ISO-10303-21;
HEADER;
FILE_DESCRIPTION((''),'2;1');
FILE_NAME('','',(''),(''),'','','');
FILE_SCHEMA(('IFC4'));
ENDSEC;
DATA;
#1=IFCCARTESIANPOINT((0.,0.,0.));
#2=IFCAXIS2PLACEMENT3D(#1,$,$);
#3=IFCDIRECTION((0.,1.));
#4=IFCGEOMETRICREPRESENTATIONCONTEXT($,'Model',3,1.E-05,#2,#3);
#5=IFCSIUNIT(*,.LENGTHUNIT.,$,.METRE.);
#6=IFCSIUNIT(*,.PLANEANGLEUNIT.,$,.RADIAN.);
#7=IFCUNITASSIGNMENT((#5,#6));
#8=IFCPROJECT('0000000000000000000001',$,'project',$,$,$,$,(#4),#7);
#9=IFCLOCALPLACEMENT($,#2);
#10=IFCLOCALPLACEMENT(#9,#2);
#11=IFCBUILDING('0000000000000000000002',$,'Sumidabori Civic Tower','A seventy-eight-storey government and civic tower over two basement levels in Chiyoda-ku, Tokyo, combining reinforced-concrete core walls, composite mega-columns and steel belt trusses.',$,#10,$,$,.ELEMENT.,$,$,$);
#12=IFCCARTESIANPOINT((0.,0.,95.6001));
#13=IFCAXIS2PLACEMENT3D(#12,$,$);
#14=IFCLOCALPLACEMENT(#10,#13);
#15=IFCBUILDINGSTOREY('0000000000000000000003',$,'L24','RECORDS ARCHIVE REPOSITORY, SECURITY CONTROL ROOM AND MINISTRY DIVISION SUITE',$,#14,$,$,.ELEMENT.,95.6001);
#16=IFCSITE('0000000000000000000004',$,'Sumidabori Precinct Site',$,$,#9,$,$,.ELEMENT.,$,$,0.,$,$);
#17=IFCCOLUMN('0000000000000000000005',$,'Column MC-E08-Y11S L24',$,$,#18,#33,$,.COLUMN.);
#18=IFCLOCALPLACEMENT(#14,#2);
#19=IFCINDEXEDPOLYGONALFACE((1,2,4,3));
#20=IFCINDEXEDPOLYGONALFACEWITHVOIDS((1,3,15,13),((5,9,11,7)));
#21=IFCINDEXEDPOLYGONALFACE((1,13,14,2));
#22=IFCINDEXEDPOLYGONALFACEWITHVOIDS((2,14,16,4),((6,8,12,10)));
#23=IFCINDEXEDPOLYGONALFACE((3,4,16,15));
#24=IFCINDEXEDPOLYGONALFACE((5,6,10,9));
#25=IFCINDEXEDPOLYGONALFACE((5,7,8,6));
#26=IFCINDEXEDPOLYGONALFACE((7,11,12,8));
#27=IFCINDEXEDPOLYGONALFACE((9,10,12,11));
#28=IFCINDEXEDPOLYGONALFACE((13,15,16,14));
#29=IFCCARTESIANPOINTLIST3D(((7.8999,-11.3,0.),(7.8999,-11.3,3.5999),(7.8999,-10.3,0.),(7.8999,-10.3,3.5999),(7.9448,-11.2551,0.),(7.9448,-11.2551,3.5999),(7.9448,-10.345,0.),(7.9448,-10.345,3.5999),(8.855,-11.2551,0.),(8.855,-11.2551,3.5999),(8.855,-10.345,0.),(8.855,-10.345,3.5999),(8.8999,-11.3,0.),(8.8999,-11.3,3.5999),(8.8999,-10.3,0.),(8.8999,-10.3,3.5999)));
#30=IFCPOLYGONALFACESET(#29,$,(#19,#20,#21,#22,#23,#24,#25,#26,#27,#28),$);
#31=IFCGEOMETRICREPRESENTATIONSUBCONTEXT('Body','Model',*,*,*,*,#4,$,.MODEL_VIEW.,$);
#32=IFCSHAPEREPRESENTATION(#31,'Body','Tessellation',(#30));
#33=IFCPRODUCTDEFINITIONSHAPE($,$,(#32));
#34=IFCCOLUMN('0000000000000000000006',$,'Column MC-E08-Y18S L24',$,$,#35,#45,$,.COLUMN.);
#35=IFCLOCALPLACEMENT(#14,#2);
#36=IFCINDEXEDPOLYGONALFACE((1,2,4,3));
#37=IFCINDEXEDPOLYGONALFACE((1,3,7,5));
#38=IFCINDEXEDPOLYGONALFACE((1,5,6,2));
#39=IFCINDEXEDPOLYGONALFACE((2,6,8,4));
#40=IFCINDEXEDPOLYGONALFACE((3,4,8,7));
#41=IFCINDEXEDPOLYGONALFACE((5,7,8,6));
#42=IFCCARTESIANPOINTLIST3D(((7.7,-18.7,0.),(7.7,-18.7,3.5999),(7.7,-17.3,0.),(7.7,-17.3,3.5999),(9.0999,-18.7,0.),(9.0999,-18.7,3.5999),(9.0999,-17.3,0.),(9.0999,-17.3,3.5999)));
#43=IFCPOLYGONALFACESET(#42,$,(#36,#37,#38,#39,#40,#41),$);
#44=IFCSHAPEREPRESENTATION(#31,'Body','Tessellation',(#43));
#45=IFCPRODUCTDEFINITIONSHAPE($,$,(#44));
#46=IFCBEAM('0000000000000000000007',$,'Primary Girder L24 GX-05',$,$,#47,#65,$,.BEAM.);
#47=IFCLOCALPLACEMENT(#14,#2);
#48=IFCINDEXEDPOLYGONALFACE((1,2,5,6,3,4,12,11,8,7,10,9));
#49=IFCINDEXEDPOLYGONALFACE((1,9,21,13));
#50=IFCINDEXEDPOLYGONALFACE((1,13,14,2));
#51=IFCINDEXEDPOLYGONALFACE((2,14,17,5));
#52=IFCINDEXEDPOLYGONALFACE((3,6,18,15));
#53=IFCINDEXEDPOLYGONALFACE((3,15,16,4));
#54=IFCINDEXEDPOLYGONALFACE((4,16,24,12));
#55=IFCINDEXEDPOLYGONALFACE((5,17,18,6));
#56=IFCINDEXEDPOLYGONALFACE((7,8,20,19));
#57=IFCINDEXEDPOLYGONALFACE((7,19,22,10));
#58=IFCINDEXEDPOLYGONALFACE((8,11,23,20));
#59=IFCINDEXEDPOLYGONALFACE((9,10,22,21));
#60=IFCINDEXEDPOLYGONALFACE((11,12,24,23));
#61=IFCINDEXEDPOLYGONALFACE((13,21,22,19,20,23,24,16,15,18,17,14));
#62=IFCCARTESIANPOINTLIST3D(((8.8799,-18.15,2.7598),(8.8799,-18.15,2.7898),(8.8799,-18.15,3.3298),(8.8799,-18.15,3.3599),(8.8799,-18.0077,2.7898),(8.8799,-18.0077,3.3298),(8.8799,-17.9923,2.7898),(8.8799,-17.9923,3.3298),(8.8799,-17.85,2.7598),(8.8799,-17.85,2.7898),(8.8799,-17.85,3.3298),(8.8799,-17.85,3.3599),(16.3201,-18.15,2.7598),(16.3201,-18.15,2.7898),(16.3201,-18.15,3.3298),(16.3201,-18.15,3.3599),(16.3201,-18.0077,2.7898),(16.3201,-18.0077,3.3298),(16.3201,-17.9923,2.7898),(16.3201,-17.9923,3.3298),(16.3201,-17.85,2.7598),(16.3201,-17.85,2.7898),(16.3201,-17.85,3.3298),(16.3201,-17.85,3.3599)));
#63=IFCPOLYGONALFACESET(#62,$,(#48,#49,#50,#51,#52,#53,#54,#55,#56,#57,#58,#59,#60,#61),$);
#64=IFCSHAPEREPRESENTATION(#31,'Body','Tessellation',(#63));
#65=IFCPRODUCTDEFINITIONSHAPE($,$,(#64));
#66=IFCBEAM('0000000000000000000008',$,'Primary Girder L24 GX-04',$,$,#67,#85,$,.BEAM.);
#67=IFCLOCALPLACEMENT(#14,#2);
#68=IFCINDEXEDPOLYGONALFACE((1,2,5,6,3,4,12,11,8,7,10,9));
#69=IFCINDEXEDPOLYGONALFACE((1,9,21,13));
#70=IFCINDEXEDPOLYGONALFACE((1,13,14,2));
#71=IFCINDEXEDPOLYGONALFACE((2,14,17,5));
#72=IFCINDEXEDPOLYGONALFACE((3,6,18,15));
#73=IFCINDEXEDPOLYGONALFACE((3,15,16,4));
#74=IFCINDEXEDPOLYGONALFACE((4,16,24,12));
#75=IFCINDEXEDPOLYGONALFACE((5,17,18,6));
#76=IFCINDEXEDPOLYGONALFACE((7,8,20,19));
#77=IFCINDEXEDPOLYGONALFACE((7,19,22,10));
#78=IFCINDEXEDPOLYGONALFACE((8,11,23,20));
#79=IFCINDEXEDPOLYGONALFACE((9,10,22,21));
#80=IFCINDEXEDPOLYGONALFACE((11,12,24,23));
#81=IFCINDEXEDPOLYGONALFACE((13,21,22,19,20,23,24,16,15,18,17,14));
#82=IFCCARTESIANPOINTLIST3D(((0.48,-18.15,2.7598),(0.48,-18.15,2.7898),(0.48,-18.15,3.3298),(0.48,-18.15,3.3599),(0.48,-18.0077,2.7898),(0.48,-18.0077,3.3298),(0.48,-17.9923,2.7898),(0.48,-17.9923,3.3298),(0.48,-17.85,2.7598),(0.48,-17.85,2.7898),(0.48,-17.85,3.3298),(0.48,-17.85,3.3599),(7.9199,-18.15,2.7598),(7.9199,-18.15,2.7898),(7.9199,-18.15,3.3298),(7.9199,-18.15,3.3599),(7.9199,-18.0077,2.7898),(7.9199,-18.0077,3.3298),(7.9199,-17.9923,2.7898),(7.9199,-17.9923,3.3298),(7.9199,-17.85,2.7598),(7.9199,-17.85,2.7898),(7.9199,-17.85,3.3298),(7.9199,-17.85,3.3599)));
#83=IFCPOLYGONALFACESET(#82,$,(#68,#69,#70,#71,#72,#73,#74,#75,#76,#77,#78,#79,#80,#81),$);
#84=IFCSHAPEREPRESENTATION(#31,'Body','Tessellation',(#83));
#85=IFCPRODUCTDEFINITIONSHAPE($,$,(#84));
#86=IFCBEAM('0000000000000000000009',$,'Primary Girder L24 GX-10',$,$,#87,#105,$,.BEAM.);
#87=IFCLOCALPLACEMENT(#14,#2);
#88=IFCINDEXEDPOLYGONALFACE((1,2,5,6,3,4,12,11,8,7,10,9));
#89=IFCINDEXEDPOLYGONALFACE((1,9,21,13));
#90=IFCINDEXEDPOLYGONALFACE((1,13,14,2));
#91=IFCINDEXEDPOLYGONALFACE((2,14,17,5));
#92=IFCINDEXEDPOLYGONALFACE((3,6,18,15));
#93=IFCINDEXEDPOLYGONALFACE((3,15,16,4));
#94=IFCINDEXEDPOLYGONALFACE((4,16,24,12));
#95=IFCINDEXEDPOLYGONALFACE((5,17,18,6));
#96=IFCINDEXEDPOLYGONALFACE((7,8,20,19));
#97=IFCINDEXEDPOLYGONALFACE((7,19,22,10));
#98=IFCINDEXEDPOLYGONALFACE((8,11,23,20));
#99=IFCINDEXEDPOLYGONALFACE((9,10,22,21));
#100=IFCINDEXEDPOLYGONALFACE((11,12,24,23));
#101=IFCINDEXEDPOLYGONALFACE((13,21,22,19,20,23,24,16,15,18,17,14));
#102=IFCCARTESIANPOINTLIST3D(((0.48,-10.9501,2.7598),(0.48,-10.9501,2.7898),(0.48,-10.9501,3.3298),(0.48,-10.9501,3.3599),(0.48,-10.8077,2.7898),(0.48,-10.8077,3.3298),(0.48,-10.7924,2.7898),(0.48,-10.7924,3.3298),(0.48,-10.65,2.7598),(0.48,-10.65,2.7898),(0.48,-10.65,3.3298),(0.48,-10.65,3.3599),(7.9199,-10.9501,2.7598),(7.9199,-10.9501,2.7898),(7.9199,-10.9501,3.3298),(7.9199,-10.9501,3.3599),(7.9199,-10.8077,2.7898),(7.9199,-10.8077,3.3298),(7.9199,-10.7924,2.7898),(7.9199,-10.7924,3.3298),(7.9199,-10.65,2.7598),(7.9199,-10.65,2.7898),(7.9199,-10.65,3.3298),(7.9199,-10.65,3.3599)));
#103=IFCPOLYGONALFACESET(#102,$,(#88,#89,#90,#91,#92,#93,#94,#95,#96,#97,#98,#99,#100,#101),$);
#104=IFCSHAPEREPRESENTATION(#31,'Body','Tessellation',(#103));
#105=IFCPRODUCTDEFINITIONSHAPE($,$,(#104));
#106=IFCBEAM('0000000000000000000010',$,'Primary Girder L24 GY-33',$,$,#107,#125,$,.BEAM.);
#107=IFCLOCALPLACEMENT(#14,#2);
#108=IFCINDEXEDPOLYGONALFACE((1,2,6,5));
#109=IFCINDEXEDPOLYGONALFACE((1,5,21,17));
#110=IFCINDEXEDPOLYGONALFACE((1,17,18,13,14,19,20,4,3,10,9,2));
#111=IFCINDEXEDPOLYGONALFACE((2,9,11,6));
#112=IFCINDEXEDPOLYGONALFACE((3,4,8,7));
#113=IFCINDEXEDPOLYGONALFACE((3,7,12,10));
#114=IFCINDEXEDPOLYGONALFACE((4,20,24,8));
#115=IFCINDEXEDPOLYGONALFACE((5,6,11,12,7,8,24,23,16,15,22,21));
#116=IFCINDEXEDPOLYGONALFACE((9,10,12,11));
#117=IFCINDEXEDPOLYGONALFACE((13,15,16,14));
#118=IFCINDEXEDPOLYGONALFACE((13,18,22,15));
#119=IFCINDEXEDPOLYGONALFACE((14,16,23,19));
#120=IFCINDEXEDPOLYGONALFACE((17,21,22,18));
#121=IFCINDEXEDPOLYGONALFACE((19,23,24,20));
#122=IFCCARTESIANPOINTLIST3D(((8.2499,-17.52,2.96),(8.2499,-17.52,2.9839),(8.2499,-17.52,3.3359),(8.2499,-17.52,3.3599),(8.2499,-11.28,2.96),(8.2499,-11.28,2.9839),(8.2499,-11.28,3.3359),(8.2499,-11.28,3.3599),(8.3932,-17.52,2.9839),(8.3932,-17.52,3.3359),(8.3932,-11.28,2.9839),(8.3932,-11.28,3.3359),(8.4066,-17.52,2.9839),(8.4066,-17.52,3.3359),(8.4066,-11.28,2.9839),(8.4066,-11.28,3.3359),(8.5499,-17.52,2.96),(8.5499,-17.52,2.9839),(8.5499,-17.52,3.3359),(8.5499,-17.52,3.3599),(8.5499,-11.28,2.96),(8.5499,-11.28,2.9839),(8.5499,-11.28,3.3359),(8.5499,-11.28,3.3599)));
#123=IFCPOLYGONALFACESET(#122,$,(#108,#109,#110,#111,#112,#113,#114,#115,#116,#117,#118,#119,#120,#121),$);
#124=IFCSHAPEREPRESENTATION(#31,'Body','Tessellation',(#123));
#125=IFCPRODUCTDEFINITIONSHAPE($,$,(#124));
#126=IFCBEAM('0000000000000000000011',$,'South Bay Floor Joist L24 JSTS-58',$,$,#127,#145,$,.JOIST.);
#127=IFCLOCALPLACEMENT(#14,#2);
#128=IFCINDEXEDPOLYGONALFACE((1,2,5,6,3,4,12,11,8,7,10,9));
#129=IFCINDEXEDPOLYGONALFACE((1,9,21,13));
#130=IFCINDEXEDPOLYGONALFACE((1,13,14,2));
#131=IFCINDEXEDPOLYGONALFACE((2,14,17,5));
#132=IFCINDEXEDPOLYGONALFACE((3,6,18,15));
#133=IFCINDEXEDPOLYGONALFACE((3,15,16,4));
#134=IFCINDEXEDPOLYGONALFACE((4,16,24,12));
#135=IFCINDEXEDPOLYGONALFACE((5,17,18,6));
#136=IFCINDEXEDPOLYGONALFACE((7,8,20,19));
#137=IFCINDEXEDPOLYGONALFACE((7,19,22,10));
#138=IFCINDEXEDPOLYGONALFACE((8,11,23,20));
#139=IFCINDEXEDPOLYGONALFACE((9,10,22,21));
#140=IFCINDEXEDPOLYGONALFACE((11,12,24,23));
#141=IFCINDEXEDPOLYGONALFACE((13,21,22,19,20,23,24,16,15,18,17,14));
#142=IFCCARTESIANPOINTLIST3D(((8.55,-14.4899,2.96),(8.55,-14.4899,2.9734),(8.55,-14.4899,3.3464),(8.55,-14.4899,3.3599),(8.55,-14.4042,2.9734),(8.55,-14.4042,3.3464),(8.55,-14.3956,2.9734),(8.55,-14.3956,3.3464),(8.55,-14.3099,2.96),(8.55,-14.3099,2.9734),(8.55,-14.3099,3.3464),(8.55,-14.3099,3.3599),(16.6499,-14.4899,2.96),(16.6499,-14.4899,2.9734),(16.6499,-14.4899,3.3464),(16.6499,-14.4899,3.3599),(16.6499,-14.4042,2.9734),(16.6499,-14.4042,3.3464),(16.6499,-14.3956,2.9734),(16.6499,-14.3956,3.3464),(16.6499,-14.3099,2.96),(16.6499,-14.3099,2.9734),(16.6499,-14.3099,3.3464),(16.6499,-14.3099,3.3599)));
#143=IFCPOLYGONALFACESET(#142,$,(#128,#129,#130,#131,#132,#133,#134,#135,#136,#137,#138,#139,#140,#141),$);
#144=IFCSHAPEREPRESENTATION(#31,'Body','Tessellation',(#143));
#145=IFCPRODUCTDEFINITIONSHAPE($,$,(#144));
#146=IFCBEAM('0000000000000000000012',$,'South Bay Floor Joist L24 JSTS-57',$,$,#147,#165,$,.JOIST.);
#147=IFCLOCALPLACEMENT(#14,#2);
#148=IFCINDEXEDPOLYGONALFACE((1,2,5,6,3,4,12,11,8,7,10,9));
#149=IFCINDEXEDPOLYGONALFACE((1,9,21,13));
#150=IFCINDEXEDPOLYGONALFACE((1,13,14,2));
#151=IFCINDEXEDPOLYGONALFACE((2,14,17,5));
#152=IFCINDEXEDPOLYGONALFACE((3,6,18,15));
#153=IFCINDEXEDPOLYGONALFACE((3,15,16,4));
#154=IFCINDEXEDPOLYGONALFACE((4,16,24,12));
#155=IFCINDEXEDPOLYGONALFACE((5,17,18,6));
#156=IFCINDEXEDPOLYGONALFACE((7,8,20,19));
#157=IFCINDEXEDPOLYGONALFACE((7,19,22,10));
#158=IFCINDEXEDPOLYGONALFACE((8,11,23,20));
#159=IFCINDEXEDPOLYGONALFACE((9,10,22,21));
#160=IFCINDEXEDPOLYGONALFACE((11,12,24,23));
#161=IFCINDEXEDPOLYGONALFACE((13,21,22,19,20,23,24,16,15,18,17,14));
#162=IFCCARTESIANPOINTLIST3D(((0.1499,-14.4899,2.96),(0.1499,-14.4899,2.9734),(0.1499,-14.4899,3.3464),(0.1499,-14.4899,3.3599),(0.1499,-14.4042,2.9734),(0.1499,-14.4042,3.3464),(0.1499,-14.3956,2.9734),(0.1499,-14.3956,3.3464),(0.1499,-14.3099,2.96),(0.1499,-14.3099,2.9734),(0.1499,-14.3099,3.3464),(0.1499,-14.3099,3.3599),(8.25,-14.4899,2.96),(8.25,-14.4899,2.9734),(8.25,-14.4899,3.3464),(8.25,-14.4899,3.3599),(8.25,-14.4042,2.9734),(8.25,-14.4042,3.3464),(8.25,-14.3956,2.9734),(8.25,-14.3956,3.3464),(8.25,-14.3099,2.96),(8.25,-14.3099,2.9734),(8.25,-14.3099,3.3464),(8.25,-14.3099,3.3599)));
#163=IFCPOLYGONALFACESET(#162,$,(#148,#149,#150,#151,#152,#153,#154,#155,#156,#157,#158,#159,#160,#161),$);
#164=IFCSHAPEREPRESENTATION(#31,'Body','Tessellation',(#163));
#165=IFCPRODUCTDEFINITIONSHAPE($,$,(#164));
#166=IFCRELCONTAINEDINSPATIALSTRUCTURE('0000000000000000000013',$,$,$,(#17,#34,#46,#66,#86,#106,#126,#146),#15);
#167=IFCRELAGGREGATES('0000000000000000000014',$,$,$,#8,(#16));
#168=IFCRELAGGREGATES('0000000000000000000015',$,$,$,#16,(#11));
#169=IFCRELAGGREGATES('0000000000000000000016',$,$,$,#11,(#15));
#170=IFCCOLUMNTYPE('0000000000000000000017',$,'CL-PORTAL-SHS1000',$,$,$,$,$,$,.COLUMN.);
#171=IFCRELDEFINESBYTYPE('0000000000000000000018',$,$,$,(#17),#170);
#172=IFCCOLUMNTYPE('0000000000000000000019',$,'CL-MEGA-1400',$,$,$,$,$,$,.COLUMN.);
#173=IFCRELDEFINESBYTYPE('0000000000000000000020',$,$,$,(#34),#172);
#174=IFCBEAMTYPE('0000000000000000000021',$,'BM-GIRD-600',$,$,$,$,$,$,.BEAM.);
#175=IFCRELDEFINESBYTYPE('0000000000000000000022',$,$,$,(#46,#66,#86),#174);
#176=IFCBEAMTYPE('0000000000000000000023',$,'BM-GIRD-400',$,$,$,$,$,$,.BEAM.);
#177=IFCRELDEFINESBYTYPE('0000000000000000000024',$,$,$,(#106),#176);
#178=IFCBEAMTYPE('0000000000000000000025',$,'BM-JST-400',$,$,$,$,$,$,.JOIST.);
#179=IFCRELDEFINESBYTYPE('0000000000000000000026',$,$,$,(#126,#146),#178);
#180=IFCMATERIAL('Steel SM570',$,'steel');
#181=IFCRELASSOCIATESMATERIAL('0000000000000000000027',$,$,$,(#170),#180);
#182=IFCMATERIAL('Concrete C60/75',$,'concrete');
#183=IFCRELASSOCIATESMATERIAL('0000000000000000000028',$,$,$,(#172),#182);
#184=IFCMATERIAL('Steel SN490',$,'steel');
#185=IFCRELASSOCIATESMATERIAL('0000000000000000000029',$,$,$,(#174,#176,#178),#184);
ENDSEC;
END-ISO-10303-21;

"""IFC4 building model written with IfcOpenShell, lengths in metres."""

from ifc_helpers import new_model, si_unit, direction, frame, origin, origin_2d, place, context, subcontext, project, spatial, rectangle, hollow_rectangle, i_section, extrude, source, transform, mapped, material, material_profile, profile_set, type_object, element, save


model = new_model("IFC4")

# Units and contexts
model_context = context("Model", 3, precision=1e-05, world=origin(), true_north=direction((0.0, 1.0)))
body_context = subcontext(model_context, "Body", "Model", "MODEL_VIEW")
ifc_project = project(units=[si_unit("LENGTHUNIT", "METRE"), si_unit("PLANEANGLEUNIT", "RADIAN")], contexts=[model_context])

# Site, building, storey
site_placement = place(None, origin())
site = spatial("IfcSite", under=ifc_project, at=site_placement, Name="Sumidabori Precinct Site", CompositionType="ELEMENT", RefElevation=0.0)
building_placement = place(site_placement, origin())
building = spatial("IfcBuilding", under=site, at=building_placement, Name="Sumidabori Civic Tower", Description="A seventy-eight-storey government and civic tower over two basement levels in Chiyoda-ku, Tokyo, combining reinforced-concrete core walls, composite mega-columns and steel belt trusses.", CompositionType="ELEMENT")
storey_placement = place(building_placement, frame((0.0, 0.0, 95.6001)))
storey = spatial("IfcBuildingStorey", under=building, at=storey_placement, Name="L24", Description="RECORDS ARCHIVE REPOSITORY, SECURITY CONTROL ROOM AND MINISTRY DIVISION SUITE", CompositionType="ELEMENT", Elevation=95.6001)

# Columns
ifc_material_1 = material(Name="Steel SM570", Category="steel")
ifc_material_profile_1 = material_profile(ifc_material_1, hollow_rectangle(XDim=1.0, YDim=1.0, WallThickness=0.0449, at=origin_2d()), Name="SHS 1000x1000x45")
ifc_profile_set_1 = profile_set([ifc_material_profile_1], Name="Steel SM570")
column_type_1 = type_object("IfcColumnType", Name="CL-PORTAL-SHS1000", PredefinedType="COLUMN", material=ifc_profile_set_1)
shared_shape_1 = source(origin(), body_context, "Body", "SweptSolid", [
    extrude(hollow_rectangle(XDim=1.0, YDim=1.0, WallThickness=0.0449, at=origin_2d()), origin(), (0.0, 0.0, 1.0), 3.5999),
])
column_1_placement = place(storey_placement, frame((8.3999, -10.8, 0.0), z_axis=(0.0, 0.0, 1.0), x_axis=(1.0, 0.0, 0.0)))
element("IfcColumn", 1, at=column_1_placement, inside=storey, type_object=column_type_1, Name="Column MC-E08-Y11S L24", PredefinedType="COLUMN", context=body_context, shape_type="MappedRepresentation", body=[
    mapped(shared_shape_1, transform((0.0, 0.0, 0.0), x_axis=(1.0, 0.0, 0.0), y_axis=(0.0, 1.0, 0.0), z_axis=(0.0, 0.0, 1.0), scale=1.0)),
])
ifc_material_2 = material(Name="Concrete C60/75", Category="concrete")
ifc_material_profile_2 = material_profile(ifc_material_2, rectangle(XDim=1.3999, YDim=1.3999, at=origin_2d()), Name="RC 1400x1400")
ifc_profile_set_2 = profile_set([ifc_material_profile_2], Name="Concrete C60/75")
column_type_2 = type_object("IfcColumnType", Name="CL-MEGA-1400", PredefinedType="COLUMN", material=ifc_profile_set_2)
shared_shape_2 = source(origin(), body_context, "Body", "SweptSolid", [
    extrude(rectangle(XDim=1.3999, YDim=1.3999, at=origin_2d()), origin(), (0.0, 0.0, 1.0), 3.5999),
])
column_2_placement = place(storey_placement, frame((8.3999, -18.0, 0.0), z_axis=(0.0, 0.0, 1.0), x_axis=(1.0, 0.0, 0.0)))
element("IfcColumn", 2, at=column_2_placement, inside=storey, type_object=column_type_2, Name="Column MC-E08-Y18S L24", PredefinedType="COLUMN", context=body_context, shape_type="MappedRepresentation", body=[
    mapped(shared_shape_2, transform((0.0, 0.0, 0.0), x_axis=(1.0, 0.0, 0.0), y_axis=(0.0, 1.0, 0.0), z_axis=(0.0, 0.0, 1.0), scale=1.0)),
])

# Beams
ifc_material_3 = material(Name="Steel SN490", Category="steel")
ifc_material_profile_3 = material_profile(ifc_material_3, i_section(OverallWidth=0.3, OverallDepth=0.6001, WebThickness=0.0154, FlangeThickness=0.03, at=origin_2d()), Name="HE 600 B")
ifc_profile_set_3 = profile_set([ifc_material_profile_3], Name="Steel SN490")
beam_type_1 = type_object("IfcBeamType", Name="BM-GIRD-600", PredefinedType="BEAM", material=ifc_profile_set_3)
shared_shape_3 = source(origin(), body_context, "Body", "SweptSolid", [
    extrude(i_section(OverallWidth=0.3, OverallDepth=0.6001, WebThickness=0.0154, FlangeThickness=0.03, at=origin_2d()), origin(), (0.0, 0.0, 1.0), 7.4402),
])
beam_1_placement = place(storey_placement, frame((8.8799, -18.0, 3.0598), z_axis=(1.0, 0.0, 0.0), x_axis=(0.0, 1.0, 0.0)))
element("IfcBeam", 3, at=beam_1_placement, inside=storey, type_object=beam_type_1, Name="Primary Girder L24 GX-05", PredefinedType="BEAM", context=body_context, shape_type="MappedRepresentation", body=[
    mapped(shared_shape_3, transform((0.0, 0.0, 0.0), x_axis=(1.0, 0.0, 0.0), y_axis=(0.0, 1.0, 0.0), z_axis=(0.0, 0.0, 1.0), scale=1.0)),
])
shared_shape_4 = source(origin(), body_context, "Body", "SweptSolid", [
    extrude(i_section(OverallWidth=0.3, OverallDepth=0.6001, WebThickness=0.0154, FlangeThickness=0.03, at=origin_2d()), origin(), (0.0, 0.0, 1.0), 7.4399),
])
for number, where, z_axis, x_axis, name in (
    (4, (0.48, -18.0, 3.0598), (1.0, 0.0, 0.0), (0.0, 1.0, 0.0), "Primary Girder L24 GX-04"),
    (5, (0.48, -10.8, 3.0598), (1.0, 0.0, 0.0), (0.0, 1.0, 0.0), "Primary Girder L24 GX-10"),
):
    element("IfcBeam", number, at=place(storey_placement, frame(where, z_axis=z_axis, x_axis=x_axis)), inside=storey, type_object=beam_type_1, Name=name, PredefinedType="BEAM", context=body_context, shape_type="MappedRepresentation", body=[
        mapped(shared_shape_4, transform((0.0, 0.0, 0.0), x_axis=(1.0, 0.0, 0.0), y_axis=(0.0, 1.0, 0.0), z_axis=(0.0, 0.0, 1.0), scale=1.0)),
    ])
ifc_material_profile_4 = material_profile(ifc_material_3, i_section(OverallWidth=0.3, OverallDepth=0.3999, WebThickness=0.0134, FlangeThickness=0.0239, at=origin_2d()), Name="HE 400 B")
ifc_profile_set_4 = profile_set([ifc_material_profile_4], Name="Steel SN490")
beam_type_2 = type_object("IfcBeamType", Name="BM-GIRD-400", PredefinedType="BEAM", material=ifc_profile_set_4)
shared_shape_5 = source(origin(), body_context, "Body", "SweptSolid", [
    extrude(i_section(OverallWidth=0.3, OverallDepth=0.3999, WebThickness=0.0134, FlangeThickness=0.0239, at=origin_2d()), origin(), (0.0, 0.0, 1.0), 6.24),
])
beam_2_placement = place(storey_placement, frame((8.3999, -17.52, 3.1599), z_axis=(0.0, 1.0, 0.0), x_axis=(-1.0, 0.0, 0.0)))
element("IfcBeam", 6, at=beam_2_placement, inside=storey, type_object=beam_type_2, Name="Primary Girder L24 GY-33", PredefinedType="BEAM", context=body_context, shape_type="MappedRepresentation", body=[
    mapped(shared_shape_5, transform((0.0, 0.0, 0.0), x_axis=(1.0, 0.0, 0.0), y_axis=(0.0, 1.0, 0.0), z_axis=(0.0, 0.0, 1.0), scale=1.0)),
])
ifc_material_profile_5 = material_profile(ifc_material_3, i_section(OverallWidth=0.1799, OverallDepth=0.3999, WebThickness=0.0085, FlangeThickness=0.0134, at=origin_2d()), Name="IPE 400")
ifc_profile_set_5 = profile_set([ifc_material_profile_5], Name="Steel SN490")
beam_type_3 = type_object("IfcBeamType", Name="BM-JST-400", PredefinedType="JOIST", material=ifc_profile_set_5)
shared_shape_6 = source(origin(), body_context, "Body", "SweptSolid", [
    extrude(i_section(OverallWidth=0.1799, OverallDepth=0.3999, WebThickness=0.0085, FlangeThickness=0.0134, at=origin_2d()), origin(), (0.0, 0.0, 1.0), 8.0999),
])
beam_3_placement = place(storey_placement, frame((8.55, -14.3999, 3.1599), z_axis=(1.0, 0.0, 0.0), x_axis=(0.0, 1.0, 0.0)))
element("IfcBeam", 7, at=beam_3_placement, inside=storey, type_object=beam_type_3, Name="South Bay Floor Joist L24 JSTS-58", PredefinedType="JOIST", context=body_context, shape_type="MappedRepresentation", body=[
    mapped(shared_shape_6, transform((0.0, 0.0, 0.0), x_axis=(1.0, 0.0, 0.0), y_axis=(0.0, 1.0, 0.0), z_axis=(0.0, 0.0, 1.0), scale=1.0)),
])
shared_shape_7 = source(origin(), body_context, "Body", "SweptSolid", [
    extrude(i_section(OverallWidth=0.1799, OverallDepth=0.3999, WebThickness=0.0085, FlangeThickness=0.0134, at=origin_2d()), origin(), (0.0, 0.0, 1.0), 8.1001),
])
beam_4_placement = place(storey_placement, frame((0.1499, -14.3999, 3.1599), z_axis=(1.0, 0.0, 0.0), x_axis=(0.0, 1.0, 0.0)))
element("IfcBeam", 8, at=beam_4_placement, inside=storey, type_object=beam_type_3, Name="South Bay Floor Joist L24 JSTS-57", PredefinedType="JOIST", context=body_context, shape_type="MappedRepresentation", body=[
    mapped(shared_shape_7, transform((0.0, 0.0, 0.0), x_axis=(1.0, 0.0, 0.0), y_axis=(0.0, 1.0, 0.0), z_axis=(0.0, 0.0, 1.0), scale=1.0)),
])

save(model, "model.ifc")
